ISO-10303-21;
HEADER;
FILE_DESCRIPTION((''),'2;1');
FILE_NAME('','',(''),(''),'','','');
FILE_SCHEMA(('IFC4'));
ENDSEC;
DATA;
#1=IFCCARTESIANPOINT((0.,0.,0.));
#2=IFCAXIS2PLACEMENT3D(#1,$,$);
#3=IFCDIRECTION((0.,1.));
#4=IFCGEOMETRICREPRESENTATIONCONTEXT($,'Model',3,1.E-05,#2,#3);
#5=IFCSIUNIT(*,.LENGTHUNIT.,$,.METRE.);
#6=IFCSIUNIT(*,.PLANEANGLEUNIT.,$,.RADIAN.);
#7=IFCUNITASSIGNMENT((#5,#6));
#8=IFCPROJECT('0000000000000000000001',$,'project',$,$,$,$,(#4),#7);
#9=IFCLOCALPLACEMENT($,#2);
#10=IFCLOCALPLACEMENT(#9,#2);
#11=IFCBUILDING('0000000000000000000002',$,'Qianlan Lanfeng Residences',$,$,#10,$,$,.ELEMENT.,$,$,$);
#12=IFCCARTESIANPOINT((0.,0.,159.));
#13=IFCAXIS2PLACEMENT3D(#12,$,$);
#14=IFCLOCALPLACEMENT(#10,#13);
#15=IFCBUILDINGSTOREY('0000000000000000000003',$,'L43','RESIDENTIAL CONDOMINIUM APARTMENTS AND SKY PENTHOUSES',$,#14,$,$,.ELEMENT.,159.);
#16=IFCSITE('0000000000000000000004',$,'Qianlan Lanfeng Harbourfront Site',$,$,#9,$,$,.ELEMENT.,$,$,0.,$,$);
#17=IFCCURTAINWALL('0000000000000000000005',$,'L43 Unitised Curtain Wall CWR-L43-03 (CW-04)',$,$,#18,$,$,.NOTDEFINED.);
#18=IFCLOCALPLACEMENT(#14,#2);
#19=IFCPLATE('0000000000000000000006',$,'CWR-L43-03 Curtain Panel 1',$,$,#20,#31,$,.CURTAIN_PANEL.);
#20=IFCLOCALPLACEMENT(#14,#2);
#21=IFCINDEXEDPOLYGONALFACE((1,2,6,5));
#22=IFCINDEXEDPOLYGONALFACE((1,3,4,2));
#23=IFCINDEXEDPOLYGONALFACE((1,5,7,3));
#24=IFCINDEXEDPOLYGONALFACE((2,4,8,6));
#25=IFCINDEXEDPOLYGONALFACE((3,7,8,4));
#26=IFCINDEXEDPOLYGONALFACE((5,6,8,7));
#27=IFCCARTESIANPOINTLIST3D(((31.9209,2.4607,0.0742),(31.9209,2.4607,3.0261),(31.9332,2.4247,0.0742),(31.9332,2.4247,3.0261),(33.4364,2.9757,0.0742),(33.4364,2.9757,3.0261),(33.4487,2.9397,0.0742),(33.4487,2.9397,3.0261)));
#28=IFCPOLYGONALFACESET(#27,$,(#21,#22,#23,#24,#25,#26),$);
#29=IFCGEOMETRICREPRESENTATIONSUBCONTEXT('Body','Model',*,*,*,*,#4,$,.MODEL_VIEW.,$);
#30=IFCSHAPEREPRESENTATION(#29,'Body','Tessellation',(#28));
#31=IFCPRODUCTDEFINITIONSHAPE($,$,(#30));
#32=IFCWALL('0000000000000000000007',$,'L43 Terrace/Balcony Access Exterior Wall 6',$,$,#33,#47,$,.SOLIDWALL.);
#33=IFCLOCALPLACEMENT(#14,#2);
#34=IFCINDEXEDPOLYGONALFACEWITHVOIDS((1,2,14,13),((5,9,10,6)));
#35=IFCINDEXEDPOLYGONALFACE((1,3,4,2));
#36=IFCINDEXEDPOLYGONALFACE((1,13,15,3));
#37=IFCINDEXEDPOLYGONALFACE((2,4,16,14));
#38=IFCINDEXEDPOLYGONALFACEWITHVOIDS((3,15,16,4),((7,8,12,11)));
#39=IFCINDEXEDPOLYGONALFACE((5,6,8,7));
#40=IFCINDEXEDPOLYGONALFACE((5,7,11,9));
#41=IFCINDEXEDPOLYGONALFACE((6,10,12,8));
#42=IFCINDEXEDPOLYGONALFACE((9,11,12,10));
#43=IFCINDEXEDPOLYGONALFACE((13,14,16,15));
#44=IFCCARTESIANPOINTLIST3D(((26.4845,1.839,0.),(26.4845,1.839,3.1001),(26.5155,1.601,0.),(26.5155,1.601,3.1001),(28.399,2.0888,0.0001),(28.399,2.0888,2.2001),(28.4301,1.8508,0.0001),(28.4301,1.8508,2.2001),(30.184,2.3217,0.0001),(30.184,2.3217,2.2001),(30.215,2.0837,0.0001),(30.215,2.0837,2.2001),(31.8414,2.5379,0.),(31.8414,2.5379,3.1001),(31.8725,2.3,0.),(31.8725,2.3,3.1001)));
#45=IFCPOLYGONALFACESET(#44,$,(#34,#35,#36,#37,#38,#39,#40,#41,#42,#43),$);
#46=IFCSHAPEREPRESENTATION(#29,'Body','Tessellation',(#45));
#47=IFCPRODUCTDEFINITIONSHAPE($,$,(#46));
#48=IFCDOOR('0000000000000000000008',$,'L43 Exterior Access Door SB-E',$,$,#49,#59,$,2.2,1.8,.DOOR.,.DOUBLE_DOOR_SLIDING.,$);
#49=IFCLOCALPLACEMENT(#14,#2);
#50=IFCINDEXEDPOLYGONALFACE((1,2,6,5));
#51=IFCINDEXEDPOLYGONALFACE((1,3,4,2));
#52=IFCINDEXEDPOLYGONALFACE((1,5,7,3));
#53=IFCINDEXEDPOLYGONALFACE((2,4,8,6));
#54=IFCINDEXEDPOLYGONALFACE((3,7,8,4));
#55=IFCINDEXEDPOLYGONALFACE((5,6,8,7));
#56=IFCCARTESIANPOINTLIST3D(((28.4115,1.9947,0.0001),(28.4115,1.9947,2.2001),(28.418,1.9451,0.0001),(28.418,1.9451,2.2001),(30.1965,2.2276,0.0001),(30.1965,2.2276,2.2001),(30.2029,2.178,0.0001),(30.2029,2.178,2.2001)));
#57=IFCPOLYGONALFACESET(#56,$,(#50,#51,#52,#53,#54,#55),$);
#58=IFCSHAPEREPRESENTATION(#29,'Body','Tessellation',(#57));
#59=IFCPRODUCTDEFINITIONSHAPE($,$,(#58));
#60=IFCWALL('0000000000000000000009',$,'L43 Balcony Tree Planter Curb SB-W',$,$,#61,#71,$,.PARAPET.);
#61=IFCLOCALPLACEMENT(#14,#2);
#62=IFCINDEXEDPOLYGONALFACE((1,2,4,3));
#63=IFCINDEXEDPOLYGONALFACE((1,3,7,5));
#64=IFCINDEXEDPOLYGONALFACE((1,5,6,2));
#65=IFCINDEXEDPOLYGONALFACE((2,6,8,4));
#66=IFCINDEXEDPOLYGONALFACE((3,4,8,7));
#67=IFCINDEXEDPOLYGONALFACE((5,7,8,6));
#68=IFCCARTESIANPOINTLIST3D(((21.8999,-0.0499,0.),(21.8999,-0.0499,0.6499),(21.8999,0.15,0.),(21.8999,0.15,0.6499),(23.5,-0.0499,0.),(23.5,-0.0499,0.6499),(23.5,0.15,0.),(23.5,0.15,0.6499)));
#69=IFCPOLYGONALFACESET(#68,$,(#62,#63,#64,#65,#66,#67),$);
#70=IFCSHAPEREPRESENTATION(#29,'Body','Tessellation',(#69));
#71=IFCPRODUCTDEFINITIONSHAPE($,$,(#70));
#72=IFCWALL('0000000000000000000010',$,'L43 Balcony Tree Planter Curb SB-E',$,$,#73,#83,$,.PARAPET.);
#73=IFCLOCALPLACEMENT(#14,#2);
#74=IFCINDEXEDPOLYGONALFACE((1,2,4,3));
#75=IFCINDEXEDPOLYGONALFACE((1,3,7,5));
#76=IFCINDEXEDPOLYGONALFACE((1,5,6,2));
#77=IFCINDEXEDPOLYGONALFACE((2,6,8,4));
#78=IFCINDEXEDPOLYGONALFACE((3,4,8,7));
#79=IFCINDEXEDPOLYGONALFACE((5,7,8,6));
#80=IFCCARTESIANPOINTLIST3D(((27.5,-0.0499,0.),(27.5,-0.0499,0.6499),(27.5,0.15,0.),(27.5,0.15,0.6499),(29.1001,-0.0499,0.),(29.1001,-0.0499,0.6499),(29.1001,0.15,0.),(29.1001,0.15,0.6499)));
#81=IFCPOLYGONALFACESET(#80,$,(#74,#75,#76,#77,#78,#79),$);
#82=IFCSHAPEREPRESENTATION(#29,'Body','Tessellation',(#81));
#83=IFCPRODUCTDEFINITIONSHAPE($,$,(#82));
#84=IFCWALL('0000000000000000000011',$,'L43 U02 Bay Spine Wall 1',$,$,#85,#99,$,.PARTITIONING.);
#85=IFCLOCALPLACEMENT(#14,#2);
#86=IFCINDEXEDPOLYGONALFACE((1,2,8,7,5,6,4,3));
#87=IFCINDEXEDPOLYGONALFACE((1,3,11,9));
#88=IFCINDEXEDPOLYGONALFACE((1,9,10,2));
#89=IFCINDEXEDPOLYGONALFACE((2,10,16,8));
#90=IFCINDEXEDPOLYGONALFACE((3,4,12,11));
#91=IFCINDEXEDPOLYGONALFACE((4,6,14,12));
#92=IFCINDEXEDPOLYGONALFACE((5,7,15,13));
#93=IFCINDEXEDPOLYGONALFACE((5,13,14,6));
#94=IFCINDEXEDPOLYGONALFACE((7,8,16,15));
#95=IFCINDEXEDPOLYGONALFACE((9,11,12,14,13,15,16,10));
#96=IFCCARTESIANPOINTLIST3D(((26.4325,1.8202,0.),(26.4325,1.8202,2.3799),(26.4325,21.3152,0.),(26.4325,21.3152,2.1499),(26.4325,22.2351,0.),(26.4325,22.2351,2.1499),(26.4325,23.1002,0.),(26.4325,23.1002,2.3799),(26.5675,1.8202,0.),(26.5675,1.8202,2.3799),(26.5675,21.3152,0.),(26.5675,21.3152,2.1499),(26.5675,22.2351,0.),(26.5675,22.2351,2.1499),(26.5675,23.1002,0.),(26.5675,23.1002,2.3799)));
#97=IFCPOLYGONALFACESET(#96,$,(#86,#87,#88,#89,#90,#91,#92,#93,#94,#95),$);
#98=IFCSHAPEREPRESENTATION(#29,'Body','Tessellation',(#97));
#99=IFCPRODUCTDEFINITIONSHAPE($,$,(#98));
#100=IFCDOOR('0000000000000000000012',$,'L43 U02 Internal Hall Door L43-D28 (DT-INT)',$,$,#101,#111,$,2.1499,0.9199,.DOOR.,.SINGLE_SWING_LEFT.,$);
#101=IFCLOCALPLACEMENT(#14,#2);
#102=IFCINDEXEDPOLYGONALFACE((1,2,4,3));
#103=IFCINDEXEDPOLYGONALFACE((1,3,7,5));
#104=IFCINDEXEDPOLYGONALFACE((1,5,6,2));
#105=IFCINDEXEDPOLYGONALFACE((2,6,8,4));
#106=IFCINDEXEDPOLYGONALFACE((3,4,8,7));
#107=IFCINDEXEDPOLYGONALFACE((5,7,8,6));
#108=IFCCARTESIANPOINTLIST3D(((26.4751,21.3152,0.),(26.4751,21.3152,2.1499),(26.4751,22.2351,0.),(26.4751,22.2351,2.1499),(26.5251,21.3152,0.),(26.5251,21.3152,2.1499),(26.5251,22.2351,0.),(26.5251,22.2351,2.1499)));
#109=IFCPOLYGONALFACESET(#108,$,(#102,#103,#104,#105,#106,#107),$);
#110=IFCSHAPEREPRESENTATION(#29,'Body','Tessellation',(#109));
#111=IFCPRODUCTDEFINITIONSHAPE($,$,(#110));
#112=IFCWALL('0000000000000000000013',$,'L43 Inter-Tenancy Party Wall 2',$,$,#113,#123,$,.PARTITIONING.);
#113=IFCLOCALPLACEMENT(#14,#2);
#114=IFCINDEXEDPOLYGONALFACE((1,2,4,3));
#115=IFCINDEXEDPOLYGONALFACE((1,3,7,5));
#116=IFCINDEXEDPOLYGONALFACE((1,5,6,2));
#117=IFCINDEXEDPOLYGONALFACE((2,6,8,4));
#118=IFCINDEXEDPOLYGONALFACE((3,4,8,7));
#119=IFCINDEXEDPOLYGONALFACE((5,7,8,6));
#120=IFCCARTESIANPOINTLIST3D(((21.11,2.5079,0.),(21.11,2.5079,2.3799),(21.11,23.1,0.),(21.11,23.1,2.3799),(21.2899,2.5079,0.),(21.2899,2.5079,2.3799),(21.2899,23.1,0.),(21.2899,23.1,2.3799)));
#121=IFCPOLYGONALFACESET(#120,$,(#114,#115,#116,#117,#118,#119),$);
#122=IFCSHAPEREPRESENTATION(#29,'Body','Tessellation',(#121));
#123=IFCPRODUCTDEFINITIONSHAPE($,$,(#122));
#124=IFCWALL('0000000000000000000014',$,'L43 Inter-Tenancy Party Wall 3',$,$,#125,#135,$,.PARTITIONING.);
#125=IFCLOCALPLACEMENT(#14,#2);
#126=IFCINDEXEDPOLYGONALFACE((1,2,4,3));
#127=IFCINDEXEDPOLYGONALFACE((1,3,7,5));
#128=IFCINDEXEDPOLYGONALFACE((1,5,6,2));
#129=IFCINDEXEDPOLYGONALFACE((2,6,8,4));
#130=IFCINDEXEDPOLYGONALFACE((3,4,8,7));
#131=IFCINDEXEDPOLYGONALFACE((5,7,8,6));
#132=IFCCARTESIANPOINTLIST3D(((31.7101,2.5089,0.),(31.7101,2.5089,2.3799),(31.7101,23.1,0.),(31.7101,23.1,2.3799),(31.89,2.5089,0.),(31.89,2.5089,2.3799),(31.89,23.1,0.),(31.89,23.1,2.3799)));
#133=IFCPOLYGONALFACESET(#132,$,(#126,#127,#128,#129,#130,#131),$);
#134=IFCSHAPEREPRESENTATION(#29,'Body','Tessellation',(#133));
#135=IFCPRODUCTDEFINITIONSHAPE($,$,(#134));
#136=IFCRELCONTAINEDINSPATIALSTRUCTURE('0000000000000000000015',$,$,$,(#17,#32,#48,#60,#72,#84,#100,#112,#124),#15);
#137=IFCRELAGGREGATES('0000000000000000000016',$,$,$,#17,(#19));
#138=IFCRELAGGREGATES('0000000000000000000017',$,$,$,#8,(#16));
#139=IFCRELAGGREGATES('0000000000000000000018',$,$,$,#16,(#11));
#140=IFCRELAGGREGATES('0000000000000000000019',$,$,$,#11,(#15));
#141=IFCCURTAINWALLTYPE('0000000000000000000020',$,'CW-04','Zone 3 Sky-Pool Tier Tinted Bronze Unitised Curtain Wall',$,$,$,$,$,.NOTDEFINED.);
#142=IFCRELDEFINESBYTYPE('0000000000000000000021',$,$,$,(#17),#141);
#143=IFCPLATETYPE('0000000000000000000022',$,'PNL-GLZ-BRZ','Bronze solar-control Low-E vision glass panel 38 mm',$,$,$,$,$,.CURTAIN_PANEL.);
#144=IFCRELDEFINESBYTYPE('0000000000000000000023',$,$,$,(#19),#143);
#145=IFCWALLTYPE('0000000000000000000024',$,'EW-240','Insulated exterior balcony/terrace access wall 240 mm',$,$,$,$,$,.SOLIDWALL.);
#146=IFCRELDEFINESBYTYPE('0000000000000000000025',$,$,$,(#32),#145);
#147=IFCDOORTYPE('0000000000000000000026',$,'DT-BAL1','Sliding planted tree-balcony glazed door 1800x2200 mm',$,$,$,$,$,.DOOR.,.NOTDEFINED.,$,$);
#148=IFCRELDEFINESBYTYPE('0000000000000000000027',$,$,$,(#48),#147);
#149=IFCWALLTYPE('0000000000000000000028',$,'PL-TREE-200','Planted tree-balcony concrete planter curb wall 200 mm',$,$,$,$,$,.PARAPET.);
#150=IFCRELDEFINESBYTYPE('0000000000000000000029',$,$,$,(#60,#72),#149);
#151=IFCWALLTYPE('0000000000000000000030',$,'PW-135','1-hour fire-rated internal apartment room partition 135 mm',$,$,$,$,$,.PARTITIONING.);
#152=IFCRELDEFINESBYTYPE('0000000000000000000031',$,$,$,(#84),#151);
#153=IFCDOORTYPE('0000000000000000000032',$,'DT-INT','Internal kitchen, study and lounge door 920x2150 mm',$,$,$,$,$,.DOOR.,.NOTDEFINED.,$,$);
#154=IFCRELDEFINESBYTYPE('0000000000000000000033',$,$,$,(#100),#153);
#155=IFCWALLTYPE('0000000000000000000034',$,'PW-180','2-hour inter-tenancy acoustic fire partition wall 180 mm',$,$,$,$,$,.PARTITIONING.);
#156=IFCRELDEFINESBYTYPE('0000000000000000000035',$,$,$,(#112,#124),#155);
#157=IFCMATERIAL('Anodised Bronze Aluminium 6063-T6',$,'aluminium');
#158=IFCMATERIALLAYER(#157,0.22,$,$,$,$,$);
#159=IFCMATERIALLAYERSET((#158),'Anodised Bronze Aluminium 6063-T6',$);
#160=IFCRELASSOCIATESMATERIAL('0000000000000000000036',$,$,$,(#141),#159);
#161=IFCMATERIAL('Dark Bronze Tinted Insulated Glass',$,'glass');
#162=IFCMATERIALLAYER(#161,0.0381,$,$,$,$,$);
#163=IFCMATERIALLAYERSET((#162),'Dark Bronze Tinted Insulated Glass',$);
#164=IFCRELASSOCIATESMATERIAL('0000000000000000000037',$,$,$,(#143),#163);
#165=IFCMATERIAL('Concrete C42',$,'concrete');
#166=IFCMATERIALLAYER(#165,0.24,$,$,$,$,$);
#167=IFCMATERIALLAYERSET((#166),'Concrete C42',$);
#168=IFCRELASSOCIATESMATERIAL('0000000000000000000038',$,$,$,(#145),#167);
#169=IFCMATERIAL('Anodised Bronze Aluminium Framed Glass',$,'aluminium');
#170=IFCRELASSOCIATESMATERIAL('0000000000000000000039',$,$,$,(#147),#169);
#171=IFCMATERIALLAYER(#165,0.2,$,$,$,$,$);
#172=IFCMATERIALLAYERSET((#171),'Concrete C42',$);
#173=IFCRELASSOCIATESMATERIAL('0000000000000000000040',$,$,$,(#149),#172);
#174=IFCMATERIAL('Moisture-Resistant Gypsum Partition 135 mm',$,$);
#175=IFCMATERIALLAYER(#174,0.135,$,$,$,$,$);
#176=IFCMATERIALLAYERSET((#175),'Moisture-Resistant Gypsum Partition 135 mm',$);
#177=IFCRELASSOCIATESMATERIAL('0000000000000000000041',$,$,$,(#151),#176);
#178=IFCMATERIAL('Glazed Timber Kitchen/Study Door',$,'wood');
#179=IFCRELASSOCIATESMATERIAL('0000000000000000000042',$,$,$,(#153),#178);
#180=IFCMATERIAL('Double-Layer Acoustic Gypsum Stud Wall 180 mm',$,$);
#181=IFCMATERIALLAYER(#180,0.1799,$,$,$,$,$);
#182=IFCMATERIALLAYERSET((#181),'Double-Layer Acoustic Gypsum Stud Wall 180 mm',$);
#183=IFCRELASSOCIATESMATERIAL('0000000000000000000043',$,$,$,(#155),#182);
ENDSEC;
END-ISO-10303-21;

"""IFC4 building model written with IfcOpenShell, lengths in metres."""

from ifc_helpers import new_model, si_unit, direction, frame, frame_2d, origin, origin_2d, place, context, subcontext, project, spatial, rectangle, extrude, source, transform, mapped, material, layer, layer_set, type_object, element, fill, aggregate, save


model = new_model("IFC4")

# Units and contexts
model_context = context("Model", 3, precision=1e-05, world=origin(), true_north=direction((0.0, 1.0)))
body_context = subcontext(model_context, "Body", "Model", "MODEL_VIEW")
ifc_project = project(units=[si_unit("LENGTHUNIT", "METRE"), si_unit("PLANEANGLEUNIT", "RADIAN")], contexts=[model_context])

# Site, building, storey
site_placement = place(None, origin())
site = spatial("IfcSite", under=ifc_project, at=site_placement, Name="Qianlan Lanfeng Harbourfront Site", CompositionType="ELEMENT", RefElevation=0.0)
building_placement = place(site_placement, origin())
building = spatial("IfcBuilding", under=site, at=building_placement, Name="Qianlan Lanfeng Residences", CompositionType="ELEMENT")
storey_placement = place(building_placement, frame((0.0, 0.0, 159.0)))
storey = spatial("IfcBuildingStorey", under=building, at=storey_placement, Name="L43", Description="RESIDENTIAL CONDOMINIUM APARTMENTS AND SKY PENTHOUSES", CompositionType="ELEMENT", Elevation=159.0)

# Curtain wall, plate
ifc_material_1 = material(Name="Anodised Bronze Aluminium 6063-T6", Category="aluminium")
ifc_layer_1 = layer(ifc_material_1, 0.22)
ifc_layer_set_1 = layer_set([ifc_layer_1], Name="Anodised Bronze Aluminium 6063-T6")
curtain_wall_type = type_object("IfcCurtainWallType", Name="CW-04", Description="Zone 3 Sky-Pool Tier Tinted Bronze Unitised Curtain Wall", PredefinedType="NOTDEFINED", material=ifc_layer_set_1)
curtain_wall_placement = place(storey_placement, origin())
curtain_wall = element("IfcCurtainWall", 1, at=curtain_wall_placement, inside=storey, type_object=curtain_wall_type, Name="L43 Unitised Curtain Wall CWR-L43-03 (CW-04)", PredefinedType="NOTDEFINED")
ifc_material_2 = material(Name="Dark Bronze Tinted Insulated Glass", Category="glass")
ifc_layer_2 = layer(ifc_material_2, 0.0381)
ifc_layer_set_2 = layer_set([ifc_layer_2], Name="Dark Bronze Tinted Insulated Glass")
plate_type = type_object("IfcPlateType", Name="PNL-GLZ-BRZ", Description="Bronze solar-control Low-E vision glass panel 38 mm", PredefinedType="CURTAIN_PANEL", material=ifc_layer_set_2)
shared_shape_1 = source(origin(), body_context, "Body", "SweptSolid", [
    extrude(rectangle(XDim=1.6006, YDim=0.0381, at=origin_2d()), origin(), (0.0, 0.0, 1.0), 2.9519),
])
plate_placement = place(storey_placement, frame((32.6848, 2.7002, 0.0742), z_axis=(0.0, 0.0, 1.0), x_axis=(0.946826, 0.321745, 0.0)))
plate = element("IfcPlate", 2, at=plate_placement, type_object=plate_type, Name="CWR-L43-03 Curtain Panel 1", PredefinedType="CURTAIN_PANEL", context=body_context, shape_type="MappedRepresentation", body=[
    mapped(shared_shape_1, transform((0.0, 0.0, 0.0), scale=1.0)),
])
aggregate(curtain_wall, [plate])

# Wall, opening, door
ifc_material_3 = material(Name="Concrete C42", Category="concrete")
ifc_layer_3 = layer(ifc_material_3, 0.24)
ifc_layer_set_3 = layer_set([ifc_layer_3], Name="Concrete C42")
wall_type_1 = type_object("IfcWallType", Name="EW-240", Description="Insulated exterior balcony/terrace access wall 240 mm", PredefinedType="SOLIDWALL", material=ifc_layer_set_3)
wall_1_placement = place(storey_placement, frame((26.5, 1.72, 0.0), z_axis=(0.0, 0.0, 1.0), x_axis=(0.991595, 0.129384, 0.0)))
wall_1 = element("IfcWall", 3, at=wall_1_placement, inside=storey, type_object=wall_type_1, Name="L43 Terrace/Balcony Access Exterior Wall 6", PredefinedType="SOLIDWALL", context=body_context, shape_type="SweptSolid", body=[
    extrude(rectangle(XDim=5.4023, YDim=0.24, at=frame_2d((2.7012, 0.0))), origin(), (0.0, 0.0, 1.0), 3.1001),
])
opening_1_placement = place(wall_1_placement, frame((1.9309, 0.0, 0.0)))
opening_1 = element("IfcOpeningElement", 4, at=opening_1_placement, cuts=wall_1, PredefinedType="OPENING", context=body_context, shape_type="SweptSolid", body=[
    extrude(rectangle(XDim=1.8, YDim=2.2, at=frame_2d((0.8999, 1.1001))), frame((0.0, 0.1299, 0.0), z_axis=(0.0, -1.0, 0.0), x_axis=(1.0, 0.0, 0.0)), (0.0, 0.0, 1.0), 0.26),
])
ifc_material_4 = material(Name="Anodised Bronze Aluminium Framed Glass", Category="aluminium")
door_type_1 = type_object("IfcDoorType", Name="DT-BAL1", Description="Sliding planted tree-balcony glazed door 1800x2200 mm", OperationType="NOTDEFINED", PredefinedType="DOOR", material=ifc_material_4)
door_1_placement = place(opening_1_placement, frame((1.8, 0.0, 0.0), z_axis=(0.0, 0.0, 1.0), x_axis=(-1.0, 0.0, 0.0)))
door_1 = element("IfcDoor", 5, at=door_1_placement, inside=storey, type_object=door_type_1, Name="L43 Exterior Access Door SB-E", OperationType="DOUBLE_DOOR_SLIDING", OverallHeight=2.2, OverallWidth=1.8, PredefinedType="DOOR", context=body_context, shape_type="SweptSolid", body=[
    extrude(rectangle(XDim=1.8, YDim=2.2, at=frame_2d((0.8999, 1.1001))), frame((0.0, 0.0249, 0.0), z_axis=(0.0, -1.0, 0.0), x_axis=(1.0, 0.0, 0.0)), (0.0, 0.0, 1.0), 0.05),
])
fill(opening_1, door_1)

# Walls
ifc_layer_4 = layer(ifc_material_3, 0.2)
ifc_layer_set_4 = layer_set([ifc_layer_4], Name="Concrete C42")
wall_type_2 = type_object("IfcWallType", Name="PL-TREE-200", Description="Planted tree-balcony concrete planter curb wall 200 mm", PredefinedType="PARAPET", material=ifc_layer_set_4)
for number, where, z_axis, x_axis, name in (
    (6, (21.8999, 0.05, 0.0), (0.0, 0.0, 1.0), (1.0, 0.0, 0.0), "L43 Balcony Tree Planter Curb SB-W"),
    (7, (27.5, 0.05, 0.0), (0.0, 0.0, 1.0), (1.0, 0.0, 0.0), "L43 Balcony Tree Planter Curb SB-E"),
):
    element("IfcWall", number, at=place(storey_placement, frame(where, z_axis=z_axis, x_axis=x_axis)), inside=storey, type_object=wall_type_2, Name=name, PredefinedType="PARAPET", context=body_context, shape_type="SweptSolid", body=[
        extrude(rectangle(XDim=1.6001, YDim=0.2, at=frame_2d((0.8, 0.0))), origin(), (0.0, 0.0, 1.0), 0.6499),
    ])

# Wall, opening, door
ifc_material_5 = material(Name="Moisture-Resistant Gypsum Partition 135 mm")
ifc_layer_5 = layer(ifc_material_5, 0.135)
ifc_layer_set_5 = layer_set([ifc_layer_5], Name="Moisture-Resistant Gypsum Partition 135 mm")
wall_type_3 = type_object("IfcWallType", Name="PW-135", Description="1-hour fire-rated internal apartment room partition 135 mm", PredefinedType="PARTITIONING", material=ifc_layer_set_5)
wall_2_placement = place(storey_placement, frame((26.5, 1.8201, 0.0), z_axis=(0.0, 0.0, 1.0), x_axis=(0.0, 1.0, 0.0)))
wall_2 = element("IfcWall", 8, at=wall_2_placement, inside=storey, type_object=wall_type_3, Name="L43 U02 Bay Spine Wall 1", PredefinedType="PARTITIONING", context=body_context, shape_type="SweptSolid", body=[
    extrude(rectangle(XDim=21.28, YDim=0.135, at=frame_2d((10.6401, 0.0))), origin(), (0.0, 0.0, 1.0), 2.3799),
])
opening_2_placement = place(wall_2_placement, frame((19.4951, 0.0, 0.0)))
opening_2 = element("IfcOpeningElement", 9, at=opening_2_placement, cuts=wall_2, PredefinedType="OPENING", context=body_context, shape_type="SweptSolid", body=[
    extrude(rectangle(XDim=0.9199, YDim=2.1499, at=frame_2d((0.46, 1.075))), frame((0.0, 0.0776, 0.0), z_axis=(0.0, -1.0, 0.0), x_axis=(1.0, 0.0, 0.0)), (0.0, 0.0, 1.0), 0.155),
])
ifc_material_6 = material(Name="Glazed Timber Kitchen/Study Door", Category="wood")
door_type_2 = type_object("IfcDoorType", Name="DT-INT", Description="Internal kitchen, study and lounge door 920x2150 mm", OperationType="NOTDEFINED", PredefinedType="DOOR", material=ifc_material_6)
door_2_placement = place(opening_2_placement, origin())
door_2 = element("IfcDoor", 10, at=door_2_placement, inside=storey, type_object=door_type_2, Name="L43 U02 Internal Hall Door L43-D28 (DT-INT)", OperationType="SINGLE_SWING_LEFT", OverallHeight=2.1499, OverallWidth=0.9199, PredefinedType="DOOR", context=body_context, shape_type="SweptSolid", body=[
    extrude(rectangle(XDim=0.9199, YDim=2.1499, at=frame_2d((0.46, 1.075))), frame((0.0, 0.0249, 0.0), z_axis=(0.0, -1.0, 0.0), x_axis=(1.0, 0.0, 0.0)), (0.0, 0.0, 1.0), 0.05),
])
fill(opening_2, door_2)

# Walls
ifc_material_7 = material(Name="Double-Layer Acoustic Gypsum Stud Wall 180 mm")
ifc_layer_6 = layer(ifc_material_7, 0.1799)
ifc_layer_set_6 = layer_set([ifc_layer_6], Name="Double-Layer Acoustic Gypsum Stud Wall 180 mm")
wall_type_4 = type_object("IfcWallType", Name="PW-180", Description="2-hour inter-tenancy acoustic fire partition wall 180 mm", PredefinedType="PARTITIONING", material=ifc_layer_set_6)
wall_3_placement = place(storey_placement, frame((21.2, 2.5081, 0.0), z_axis=(0.0, 0.0, 1.0), x_axis=(0.0, 1.0, 0.0)))
element("IfcWall", 11, at=wall_3_placement, inside=storey, type_object=wall_type_4, Name="L43 Inter-Tenancy Party Wall 2", PredefinedType="PARTITIONING", context=body_context, shape_type="SweptSolid", body=[
    extrude(rectangle(XDim=20.592, YDim=0.1799, at=frame_2d((10.2959, 0.0))), origin(), (0.0, 0.0, 1.0), 2.3799),
])
wall_4_placement = place(storey_placement, frame((31.8, 2.509, 0.0), z_axis=(0.0, 0.0, 1.0), x_axis=(0.0, 1.0, 0.0)))
element("IfcWall", 12, at=wall_4_placement, inside=storey, type_object=wall_type_4, Name="L43 Inter-Tenancy Party Wall 3", PredefinedType="PARTITIONING", context=body_context, shape_type="SweptSolid", body=[
    extrude(rectangle(XDim=20.5911, YDim=0.1799, at=frame_2d((10.2954, 0.0))), origin(), (0.0, 0.0, 1.0), 2.3799),
])

save(model, "model.ifc")
